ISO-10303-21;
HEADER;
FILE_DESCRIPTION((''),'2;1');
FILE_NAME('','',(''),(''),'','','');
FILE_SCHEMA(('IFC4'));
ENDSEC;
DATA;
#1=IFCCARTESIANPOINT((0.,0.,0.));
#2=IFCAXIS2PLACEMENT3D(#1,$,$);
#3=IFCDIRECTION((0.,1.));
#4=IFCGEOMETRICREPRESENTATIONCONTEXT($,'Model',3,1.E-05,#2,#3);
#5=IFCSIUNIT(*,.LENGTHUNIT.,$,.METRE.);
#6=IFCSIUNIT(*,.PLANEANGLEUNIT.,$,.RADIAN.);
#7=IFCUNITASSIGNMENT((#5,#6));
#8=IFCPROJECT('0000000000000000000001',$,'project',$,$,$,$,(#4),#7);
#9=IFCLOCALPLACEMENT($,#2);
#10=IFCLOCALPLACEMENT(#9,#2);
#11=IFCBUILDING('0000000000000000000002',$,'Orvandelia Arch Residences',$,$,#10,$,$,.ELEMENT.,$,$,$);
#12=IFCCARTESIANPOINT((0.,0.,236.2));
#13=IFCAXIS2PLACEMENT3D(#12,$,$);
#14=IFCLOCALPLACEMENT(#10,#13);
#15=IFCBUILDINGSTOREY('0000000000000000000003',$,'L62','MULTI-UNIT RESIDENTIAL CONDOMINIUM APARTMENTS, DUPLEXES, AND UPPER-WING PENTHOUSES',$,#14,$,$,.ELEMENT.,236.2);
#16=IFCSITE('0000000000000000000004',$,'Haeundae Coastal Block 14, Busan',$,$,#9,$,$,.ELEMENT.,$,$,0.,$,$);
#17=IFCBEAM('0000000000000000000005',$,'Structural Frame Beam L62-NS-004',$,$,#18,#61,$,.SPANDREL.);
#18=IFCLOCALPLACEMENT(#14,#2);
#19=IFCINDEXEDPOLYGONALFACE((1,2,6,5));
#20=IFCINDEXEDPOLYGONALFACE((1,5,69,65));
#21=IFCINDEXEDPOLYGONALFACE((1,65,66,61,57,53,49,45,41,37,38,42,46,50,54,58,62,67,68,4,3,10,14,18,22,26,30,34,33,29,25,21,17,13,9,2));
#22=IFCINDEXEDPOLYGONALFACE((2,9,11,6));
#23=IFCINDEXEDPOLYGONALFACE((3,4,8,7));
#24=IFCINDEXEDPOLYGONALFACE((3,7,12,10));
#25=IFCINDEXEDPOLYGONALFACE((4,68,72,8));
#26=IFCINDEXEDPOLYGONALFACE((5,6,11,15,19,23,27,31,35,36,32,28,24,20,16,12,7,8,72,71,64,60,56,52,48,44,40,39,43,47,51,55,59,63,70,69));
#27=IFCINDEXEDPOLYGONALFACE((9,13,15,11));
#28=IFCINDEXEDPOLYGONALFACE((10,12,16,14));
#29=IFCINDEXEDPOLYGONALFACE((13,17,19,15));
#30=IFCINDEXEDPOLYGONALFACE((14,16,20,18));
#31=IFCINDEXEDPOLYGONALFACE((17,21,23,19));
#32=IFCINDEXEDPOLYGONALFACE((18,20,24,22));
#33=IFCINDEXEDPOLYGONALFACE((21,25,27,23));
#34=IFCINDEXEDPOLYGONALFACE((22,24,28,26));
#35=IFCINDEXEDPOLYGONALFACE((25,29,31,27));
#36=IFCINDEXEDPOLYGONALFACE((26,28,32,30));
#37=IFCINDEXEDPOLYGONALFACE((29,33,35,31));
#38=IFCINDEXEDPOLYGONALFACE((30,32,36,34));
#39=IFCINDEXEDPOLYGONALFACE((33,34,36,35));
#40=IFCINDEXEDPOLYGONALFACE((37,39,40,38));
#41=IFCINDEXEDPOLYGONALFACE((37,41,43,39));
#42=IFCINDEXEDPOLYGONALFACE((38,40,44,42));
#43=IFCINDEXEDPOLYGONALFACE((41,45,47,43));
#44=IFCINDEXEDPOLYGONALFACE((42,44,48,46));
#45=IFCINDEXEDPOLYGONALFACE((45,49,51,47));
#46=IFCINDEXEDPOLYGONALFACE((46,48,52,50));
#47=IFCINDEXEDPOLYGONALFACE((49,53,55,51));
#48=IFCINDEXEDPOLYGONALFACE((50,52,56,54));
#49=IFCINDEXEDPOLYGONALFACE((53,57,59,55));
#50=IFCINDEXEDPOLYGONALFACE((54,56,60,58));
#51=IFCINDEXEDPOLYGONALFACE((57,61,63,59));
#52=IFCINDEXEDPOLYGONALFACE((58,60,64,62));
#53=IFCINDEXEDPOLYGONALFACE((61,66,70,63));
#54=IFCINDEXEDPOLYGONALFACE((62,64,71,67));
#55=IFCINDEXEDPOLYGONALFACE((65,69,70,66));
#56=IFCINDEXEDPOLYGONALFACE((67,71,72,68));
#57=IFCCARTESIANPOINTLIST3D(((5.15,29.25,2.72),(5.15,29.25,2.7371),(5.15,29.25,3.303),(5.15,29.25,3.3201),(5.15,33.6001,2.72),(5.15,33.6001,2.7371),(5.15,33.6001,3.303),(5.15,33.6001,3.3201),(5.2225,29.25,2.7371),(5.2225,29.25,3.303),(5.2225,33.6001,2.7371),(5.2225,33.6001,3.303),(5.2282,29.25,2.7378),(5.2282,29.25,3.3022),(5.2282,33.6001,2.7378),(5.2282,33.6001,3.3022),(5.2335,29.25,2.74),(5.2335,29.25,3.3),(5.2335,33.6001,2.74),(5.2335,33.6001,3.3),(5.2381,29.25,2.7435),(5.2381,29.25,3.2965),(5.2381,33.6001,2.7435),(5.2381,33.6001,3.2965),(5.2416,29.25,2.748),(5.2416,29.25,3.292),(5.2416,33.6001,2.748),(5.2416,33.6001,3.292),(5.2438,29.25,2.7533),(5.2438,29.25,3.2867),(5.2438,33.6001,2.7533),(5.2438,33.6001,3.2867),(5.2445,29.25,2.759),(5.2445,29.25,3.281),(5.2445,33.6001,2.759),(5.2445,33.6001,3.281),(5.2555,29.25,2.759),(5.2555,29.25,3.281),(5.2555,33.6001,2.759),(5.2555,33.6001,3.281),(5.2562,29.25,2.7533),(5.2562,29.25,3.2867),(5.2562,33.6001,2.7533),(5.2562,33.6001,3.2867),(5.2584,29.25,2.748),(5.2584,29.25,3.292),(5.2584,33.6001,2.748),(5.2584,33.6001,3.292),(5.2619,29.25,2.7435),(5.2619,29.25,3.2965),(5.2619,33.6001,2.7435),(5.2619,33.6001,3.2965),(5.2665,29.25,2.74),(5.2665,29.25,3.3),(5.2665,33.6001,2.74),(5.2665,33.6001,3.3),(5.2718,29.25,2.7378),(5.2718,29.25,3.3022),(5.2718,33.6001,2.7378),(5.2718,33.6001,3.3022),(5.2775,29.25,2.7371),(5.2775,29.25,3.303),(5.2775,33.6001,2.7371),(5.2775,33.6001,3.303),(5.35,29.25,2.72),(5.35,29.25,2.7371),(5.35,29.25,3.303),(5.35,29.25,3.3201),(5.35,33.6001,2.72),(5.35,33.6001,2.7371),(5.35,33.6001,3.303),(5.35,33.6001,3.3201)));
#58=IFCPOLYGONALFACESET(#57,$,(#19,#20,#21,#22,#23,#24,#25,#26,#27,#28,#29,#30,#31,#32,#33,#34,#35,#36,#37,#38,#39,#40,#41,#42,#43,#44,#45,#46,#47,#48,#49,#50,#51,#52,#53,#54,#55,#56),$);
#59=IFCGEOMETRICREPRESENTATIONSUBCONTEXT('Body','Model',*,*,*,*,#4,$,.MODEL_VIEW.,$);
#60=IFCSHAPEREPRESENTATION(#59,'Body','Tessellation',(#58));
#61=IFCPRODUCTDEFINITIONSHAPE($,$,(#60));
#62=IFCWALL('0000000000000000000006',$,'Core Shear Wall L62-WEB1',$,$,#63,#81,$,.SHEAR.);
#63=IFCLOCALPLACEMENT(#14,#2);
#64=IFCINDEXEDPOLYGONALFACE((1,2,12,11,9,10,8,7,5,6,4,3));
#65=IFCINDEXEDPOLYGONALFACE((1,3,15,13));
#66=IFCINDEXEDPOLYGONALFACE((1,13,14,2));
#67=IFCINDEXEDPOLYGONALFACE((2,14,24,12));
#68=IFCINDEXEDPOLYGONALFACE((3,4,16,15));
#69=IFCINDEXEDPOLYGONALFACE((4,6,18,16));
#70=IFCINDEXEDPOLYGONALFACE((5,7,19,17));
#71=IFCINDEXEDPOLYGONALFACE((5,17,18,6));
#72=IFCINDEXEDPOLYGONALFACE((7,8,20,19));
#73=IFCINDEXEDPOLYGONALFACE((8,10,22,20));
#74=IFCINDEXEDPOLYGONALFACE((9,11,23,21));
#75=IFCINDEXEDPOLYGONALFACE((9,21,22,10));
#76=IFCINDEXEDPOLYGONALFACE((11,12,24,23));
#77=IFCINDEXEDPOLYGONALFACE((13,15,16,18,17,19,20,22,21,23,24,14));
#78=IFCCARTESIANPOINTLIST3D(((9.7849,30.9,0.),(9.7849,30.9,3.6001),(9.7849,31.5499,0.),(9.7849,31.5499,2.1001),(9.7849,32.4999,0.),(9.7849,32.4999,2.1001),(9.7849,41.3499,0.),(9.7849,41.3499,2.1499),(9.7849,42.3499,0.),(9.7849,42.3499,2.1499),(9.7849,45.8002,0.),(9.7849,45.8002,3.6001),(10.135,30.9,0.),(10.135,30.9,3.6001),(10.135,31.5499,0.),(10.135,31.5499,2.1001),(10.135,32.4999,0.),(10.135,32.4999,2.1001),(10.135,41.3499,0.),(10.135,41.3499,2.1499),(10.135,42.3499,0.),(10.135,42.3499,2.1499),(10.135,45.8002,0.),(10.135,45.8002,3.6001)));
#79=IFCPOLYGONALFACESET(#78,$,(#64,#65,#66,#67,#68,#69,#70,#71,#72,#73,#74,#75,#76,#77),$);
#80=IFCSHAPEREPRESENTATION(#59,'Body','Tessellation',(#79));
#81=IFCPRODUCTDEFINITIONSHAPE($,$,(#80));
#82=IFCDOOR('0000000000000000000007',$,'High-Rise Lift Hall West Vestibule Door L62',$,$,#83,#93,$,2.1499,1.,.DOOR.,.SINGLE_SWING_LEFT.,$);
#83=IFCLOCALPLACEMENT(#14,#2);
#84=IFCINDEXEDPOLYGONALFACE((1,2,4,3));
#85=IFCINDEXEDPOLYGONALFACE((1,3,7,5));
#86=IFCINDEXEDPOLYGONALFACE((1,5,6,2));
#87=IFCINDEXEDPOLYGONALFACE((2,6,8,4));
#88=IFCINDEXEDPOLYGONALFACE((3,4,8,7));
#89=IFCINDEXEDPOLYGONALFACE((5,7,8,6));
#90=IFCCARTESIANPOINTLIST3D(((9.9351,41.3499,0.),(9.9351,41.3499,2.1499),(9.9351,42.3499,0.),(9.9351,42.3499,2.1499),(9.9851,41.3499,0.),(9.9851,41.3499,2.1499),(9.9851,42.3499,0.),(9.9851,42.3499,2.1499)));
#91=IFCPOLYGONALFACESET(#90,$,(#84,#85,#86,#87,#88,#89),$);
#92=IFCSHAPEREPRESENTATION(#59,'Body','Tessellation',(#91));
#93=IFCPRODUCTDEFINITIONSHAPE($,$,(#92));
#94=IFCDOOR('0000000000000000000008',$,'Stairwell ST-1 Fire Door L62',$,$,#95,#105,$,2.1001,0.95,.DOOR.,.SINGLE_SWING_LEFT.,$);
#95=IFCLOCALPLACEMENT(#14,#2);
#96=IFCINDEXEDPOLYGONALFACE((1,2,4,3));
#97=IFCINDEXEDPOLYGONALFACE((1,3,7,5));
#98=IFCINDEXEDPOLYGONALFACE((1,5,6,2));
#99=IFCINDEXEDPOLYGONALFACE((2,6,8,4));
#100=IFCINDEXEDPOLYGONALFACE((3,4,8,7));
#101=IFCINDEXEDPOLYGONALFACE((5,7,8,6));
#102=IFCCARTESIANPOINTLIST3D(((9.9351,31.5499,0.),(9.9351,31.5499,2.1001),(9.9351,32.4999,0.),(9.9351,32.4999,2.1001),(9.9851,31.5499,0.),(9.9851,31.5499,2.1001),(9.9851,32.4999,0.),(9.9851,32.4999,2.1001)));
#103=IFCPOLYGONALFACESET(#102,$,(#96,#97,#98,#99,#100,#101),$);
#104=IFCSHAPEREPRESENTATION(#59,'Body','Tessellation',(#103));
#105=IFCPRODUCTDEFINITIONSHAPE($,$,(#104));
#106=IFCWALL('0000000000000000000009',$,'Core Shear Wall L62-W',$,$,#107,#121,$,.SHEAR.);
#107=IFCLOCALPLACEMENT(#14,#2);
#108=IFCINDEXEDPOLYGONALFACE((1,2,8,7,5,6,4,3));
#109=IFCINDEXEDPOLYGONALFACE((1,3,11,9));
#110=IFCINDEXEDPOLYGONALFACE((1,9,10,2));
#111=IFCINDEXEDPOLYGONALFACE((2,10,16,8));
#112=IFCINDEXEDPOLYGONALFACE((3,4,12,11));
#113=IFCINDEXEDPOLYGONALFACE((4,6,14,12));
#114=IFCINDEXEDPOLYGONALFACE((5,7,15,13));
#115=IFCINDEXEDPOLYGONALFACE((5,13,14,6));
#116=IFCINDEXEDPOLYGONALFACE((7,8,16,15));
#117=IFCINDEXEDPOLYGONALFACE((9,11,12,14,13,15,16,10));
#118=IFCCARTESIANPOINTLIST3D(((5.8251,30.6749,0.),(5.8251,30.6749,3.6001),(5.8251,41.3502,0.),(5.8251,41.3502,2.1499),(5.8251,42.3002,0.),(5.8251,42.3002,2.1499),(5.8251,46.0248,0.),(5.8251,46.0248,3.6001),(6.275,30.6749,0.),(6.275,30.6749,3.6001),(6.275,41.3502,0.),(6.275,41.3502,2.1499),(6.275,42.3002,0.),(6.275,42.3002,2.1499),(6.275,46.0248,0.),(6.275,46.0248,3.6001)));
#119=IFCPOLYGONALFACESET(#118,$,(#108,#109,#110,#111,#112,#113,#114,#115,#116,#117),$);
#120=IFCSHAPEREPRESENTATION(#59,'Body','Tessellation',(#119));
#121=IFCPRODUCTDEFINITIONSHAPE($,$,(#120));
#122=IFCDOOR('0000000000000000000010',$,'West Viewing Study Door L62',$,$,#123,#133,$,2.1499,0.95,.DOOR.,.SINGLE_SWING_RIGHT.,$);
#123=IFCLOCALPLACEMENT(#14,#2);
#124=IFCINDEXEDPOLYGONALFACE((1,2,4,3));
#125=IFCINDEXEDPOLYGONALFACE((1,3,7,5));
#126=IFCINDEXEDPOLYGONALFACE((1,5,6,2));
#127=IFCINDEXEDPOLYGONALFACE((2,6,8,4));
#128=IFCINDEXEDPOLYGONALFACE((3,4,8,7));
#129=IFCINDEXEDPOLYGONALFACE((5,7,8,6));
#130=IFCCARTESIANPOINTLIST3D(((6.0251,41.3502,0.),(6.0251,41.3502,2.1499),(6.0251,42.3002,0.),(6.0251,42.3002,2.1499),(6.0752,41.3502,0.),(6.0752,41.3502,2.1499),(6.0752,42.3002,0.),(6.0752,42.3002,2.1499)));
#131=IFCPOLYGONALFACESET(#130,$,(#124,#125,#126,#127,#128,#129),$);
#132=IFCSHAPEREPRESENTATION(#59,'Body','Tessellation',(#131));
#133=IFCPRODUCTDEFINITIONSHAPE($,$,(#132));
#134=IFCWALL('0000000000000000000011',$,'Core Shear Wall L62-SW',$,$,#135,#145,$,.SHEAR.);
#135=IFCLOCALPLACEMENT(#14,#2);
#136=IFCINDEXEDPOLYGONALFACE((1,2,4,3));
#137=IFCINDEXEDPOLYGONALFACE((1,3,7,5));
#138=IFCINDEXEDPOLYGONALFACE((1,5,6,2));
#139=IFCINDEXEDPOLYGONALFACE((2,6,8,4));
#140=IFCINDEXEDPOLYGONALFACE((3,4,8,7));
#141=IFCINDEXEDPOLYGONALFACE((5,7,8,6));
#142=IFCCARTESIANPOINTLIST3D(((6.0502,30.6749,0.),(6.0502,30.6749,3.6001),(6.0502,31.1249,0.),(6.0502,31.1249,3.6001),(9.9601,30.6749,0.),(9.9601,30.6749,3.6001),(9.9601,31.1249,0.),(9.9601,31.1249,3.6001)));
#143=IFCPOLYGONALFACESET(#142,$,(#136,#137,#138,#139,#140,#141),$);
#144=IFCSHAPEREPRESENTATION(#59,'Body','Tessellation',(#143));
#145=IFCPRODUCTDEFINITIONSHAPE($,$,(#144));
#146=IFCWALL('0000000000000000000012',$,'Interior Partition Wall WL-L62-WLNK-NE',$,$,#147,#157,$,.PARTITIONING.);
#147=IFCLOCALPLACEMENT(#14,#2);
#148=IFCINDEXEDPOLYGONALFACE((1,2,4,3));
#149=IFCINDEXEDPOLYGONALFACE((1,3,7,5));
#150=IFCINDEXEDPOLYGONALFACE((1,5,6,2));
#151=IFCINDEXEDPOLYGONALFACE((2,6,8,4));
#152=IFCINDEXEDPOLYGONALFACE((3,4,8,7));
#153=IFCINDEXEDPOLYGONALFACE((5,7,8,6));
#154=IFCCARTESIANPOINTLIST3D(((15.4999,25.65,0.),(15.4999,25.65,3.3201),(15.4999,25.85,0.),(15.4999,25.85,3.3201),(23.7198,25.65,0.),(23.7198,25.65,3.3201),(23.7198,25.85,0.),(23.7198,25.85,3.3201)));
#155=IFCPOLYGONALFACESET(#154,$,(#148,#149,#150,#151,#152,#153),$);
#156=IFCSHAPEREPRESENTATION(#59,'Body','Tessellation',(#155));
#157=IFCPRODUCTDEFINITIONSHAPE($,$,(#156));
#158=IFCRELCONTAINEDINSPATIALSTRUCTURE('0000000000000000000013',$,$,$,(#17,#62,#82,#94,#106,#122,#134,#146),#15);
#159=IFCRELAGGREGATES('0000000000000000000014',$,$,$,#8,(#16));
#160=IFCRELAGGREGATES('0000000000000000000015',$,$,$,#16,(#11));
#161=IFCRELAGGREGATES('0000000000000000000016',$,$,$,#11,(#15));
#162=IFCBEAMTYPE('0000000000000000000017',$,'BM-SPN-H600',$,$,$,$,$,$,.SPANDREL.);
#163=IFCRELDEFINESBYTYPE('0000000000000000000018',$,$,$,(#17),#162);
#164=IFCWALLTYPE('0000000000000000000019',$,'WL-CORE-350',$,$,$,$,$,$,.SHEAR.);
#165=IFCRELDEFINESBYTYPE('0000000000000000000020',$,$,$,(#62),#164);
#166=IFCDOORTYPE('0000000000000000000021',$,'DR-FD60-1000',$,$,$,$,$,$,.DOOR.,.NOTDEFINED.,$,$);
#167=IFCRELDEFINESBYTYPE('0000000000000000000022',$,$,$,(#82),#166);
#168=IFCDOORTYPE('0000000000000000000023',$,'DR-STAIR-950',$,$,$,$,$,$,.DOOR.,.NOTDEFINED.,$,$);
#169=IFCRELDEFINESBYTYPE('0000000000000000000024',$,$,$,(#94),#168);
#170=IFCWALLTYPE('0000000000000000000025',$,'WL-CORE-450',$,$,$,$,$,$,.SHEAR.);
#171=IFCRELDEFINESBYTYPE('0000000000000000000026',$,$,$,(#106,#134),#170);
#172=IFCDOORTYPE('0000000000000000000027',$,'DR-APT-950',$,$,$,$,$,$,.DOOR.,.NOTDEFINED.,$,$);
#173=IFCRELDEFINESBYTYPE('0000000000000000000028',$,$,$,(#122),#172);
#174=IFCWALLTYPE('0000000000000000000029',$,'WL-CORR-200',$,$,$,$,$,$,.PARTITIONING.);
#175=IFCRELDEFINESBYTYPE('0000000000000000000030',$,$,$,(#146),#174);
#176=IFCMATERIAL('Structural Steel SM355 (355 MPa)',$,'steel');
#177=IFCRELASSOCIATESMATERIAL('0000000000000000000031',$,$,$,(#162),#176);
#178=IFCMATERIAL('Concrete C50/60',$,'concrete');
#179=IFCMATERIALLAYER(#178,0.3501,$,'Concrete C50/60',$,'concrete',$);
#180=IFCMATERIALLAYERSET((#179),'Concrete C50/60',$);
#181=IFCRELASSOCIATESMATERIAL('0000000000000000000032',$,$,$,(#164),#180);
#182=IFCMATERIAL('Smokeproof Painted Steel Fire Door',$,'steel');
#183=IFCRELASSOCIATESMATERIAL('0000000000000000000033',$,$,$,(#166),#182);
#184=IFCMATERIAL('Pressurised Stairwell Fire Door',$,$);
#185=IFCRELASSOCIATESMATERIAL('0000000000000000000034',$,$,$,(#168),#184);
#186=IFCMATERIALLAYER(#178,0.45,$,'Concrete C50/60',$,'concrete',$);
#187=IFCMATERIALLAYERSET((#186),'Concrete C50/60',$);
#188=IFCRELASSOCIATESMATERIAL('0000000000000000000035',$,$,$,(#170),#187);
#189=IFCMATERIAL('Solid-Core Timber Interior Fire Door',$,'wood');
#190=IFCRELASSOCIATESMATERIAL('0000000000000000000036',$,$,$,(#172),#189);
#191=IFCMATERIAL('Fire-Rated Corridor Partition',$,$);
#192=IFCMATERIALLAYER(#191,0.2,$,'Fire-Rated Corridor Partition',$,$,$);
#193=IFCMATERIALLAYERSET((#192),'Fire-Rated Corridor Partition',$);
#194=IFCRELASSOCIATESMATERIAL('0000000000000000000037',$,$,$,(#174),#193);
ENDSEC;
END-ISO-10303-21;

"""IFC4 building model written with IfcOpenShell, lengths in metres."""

from ifc_helpers import new_model, si_unit, direction, frame, frame_2d, origin, origin_2d, place, context, subcontext, project, spatial, rectangle, i_section, extrude, material, layer, layer_set, material_profile, profile_set, type_object, element, fill, save


model = new_model("IFC4")

# Units and contexts
model_context = context("Model", 3, precision=1e-05, world=origin(), true_north=direction((0.0, 1.0)))
body_context = subcontext(model_context, "Body", "Model", "MODEL_VIEW")
ifc_project = project(units=[si_unit("LENGTHUNIT", "METRE"), si_unit("PLANEANGLEUNIT", "RADIAN")], contexts=[model_context])

# Site, building, storey
site_placement = place(None, origin())
site = spatial("IfcSite", under=ifc_project, at=site_placement, Name="Haeundae Coastal Block 14, Busan", CompositionType="ELEMENT", RefElevation=0.0)
building_placement = place(site_placement, origin())
building = spatial("IfcBuilding", under=site, at=building_placement, Name="Orvandelia Arch Residences", CompositionType="ELEMENT")
storey_placement = place(building_placement, frame((0.0, 0.0, 236.2)))
storey = spatial("IfcBuildingStorey", under=building, at=storey_placement, Name="L62", Description="MULTI-UNIT RESIDENTIAL CONDOMINIUM APARTMENTS, DUPLEXES, AND UPPER-WING PENTHOUSES", CompositionType="ELEMENT", Elevation=236.2)

# Beam
ifc_material_1 = material(Name="Structural Steel SM355 (355 MPa)", Category="steel")
ifc_material_profile_1 = material_profile(ifc_material_1, i_section(OverallWidth=0.2, OverallDepth=0.6001, WebThickness=0.011, FlangeThickness=0.0171, FilletRadius=0.022, at=origin_2d()), Name="Structural Steel SM355 (355 MPa)", Category="steel")
ifc_profile_set_1 = profile_set([ifc_material_profile_1], Name="Structural Steel SM355 (355 MPa)")
beam_type_1 = type_object("IfcBeamType", Name="BM-SPN-H600", PredefinedType="SPANDREL", material=ifc_profile_set_1)
beam_1_placement = place(storey_placement, frame((5.25, 29.25, 3.02), z_axis=(0.0, 1.0, 0.0), x_axis=(-1.0, 0.0, 0.0)))
element("IfcBeam", 1, at=beam_1_placement, inside=storey, type_object=beam_type_1, Name="Structural Frame Beam L62-NS-004", PredefinedType="SPANDREL", context=body_context, shape_type="SweptSolid", body=[
    extrude(i_section(OverallWidth=0.2, OverallDepth=0.6001, WebThickness=0.011, FlangeThickness=0.0171, FilletRadius=0.022, at=origin_2d()), origin(), (0.0, 0.0, 1.0), 4.3501),
])

# Wall, openings, doors
ifc_material_2 = material(Name="Concrete C50/60", Category="concrete")
ifc_layer_1 = layer(ifc_material_2, 0.3501, Name="Concrete C50/60", Category="concrete")
ifc_layer_set_1 = layer_set([ifc_layer_1], Name="Concrete C50/60")
wall_type_1 = type_object("IfcWallType", Name="WL-CORE-350", PredefinedType="SHEAR", material=ifc_layer_set_1)
wall_1_placement = place(storey_placement, frame((9.96, 30.8999, 0.0), z_axis=(0.0, 0.0, 1.0), x_axis=(0.0, 1.0, 0.0)))
wall_1 = element("IfcWall", 2, at=wall_1_placement, inside=storey, type_object=wall_type_1, Name="Core Shear Wall L62-WEB1", PredefinedType="SHEAR", context=body_context, shape_type="SweptSolid", body=[
    extrude(rectangle(XDim=14.9001, YDim=0.3501, at=frame_2d((7.4502, 0.0))), origin(), (0.0, 0.0, 1.0), 3.6001),
])
opening_1_placement = place(wall_1_placement, frame((0.6499, 0.0, 0.0)))
opening_1 = element("IfcOpeningElement", 3, at=opening_1_placement, cuts=wall_1, PredefinedType="OPENING", context=body_context, shape_type="SweptSolid", body=[
    extrude(rectangle(XDim=0.95, YDim=2.1001, at=frame_2d((0.4751, 1.05))), frame((0.0, 0.1851, 0.0), z_axis=(0.0, -1.0, 0.0), x_axis=(1.0, 0.0, 0.0)), (0.0, 0.0, 1.0), 0.3701),
])
opening_2_placement = place(wall_1_placement, frame((10.45, 0.0, 0.0)))
opening_2 = element("IfcOpeningElement", 4, at=opening_2_placement, cuts=wall_1, PredefinedType="OPENING", context=body_context, shape_type="SweptSolid", body=[
    extrude(rectangle(XDim=1.0, YDim=2.1499, at=frame_2d((0.5, 1.075))), frame((0.0, 0.1851, 0.0), z_axis=(0.0, -1.0, 0.0), x_axis=(1.0, 0.0, 0.0)), (0.0, 0.0, 1.0), 0.3701),
])
ifc_material_3 = material(Name="Smokeproof Painted Steel Fire Door", Category="steel")
door_type_1 = type_object("IfcDoorType", Name="DR-FD60-1000", OperationType="NOTDEFINED", PredefinedType="DOOR", material=ifc_material_3)
door_1_placement = place(opening_2_placement, origin())
door_1 = element("IfcDoor", 5, at=door_1_placement, inside=storey, type_object=door_type_1, Name="High-Rise Lift Hall West Vestibule Door L62", OperationType="SINGLE_SWING_LEFT", OverallHeight=2.1499, OverallWidth=1.0, PredefinedType="DOOR", context=body_context, shape_type="SweptSolid", body=[
    extrude(rectangle(XDim=1.0, YDim=2.1499, at=frame_2d((0.5, 1.075))), frame((0.0, 0.0249, 0.0), z_axis=(0.0, -1.0, 0.0), x_axis=(1.0, 0.0, 0.0)), (0.0, 0.0, 1.0), 0.05),
])
fill(opening_2, door_1)
ifc_material_4 = material(Name="Pressurised Stairwell Fire Door")
door_type_2 = type_object("IfcDoorType", Name="DR-STAIR-950", OperationType="NOTDEFINED", PredefinedType="DOOR", material=ifc_material_4)
door_2_placement = place(opening_1_placement, origin())
door_2 = element("IfcDoor", 6, at=door_2_placement, inside=storey, type_object=door_type_2, Name="Stairwell ST-1 Fire Door L62", OperationType="SINGLE_SWING_LEFT", OverallHeight=2.1001, OverallWidth=0.95, PredefinedType="DOOR", context=body_context, shape_type="SweptSolid", body=[
    extrude(rectangle(XDim=0.95, YDim=2.1001, at=frame_2d((0.4751, 1.05))), frame((0.0, 0.0249, 0.0), z_axis=(0.0, -1.0, 0.0), x_axis=(1.0, 0.0, 0.0)), (0.0, 0.0, 1.0), 0.05),
])
fill(opening_1, door_2)

# Wall, opening, door
ifc_layer_2 = layer(ifc_material_2, 0.45, Name="Concrete C50/60", Category="concrete")
ifc_layer_set_2 = layer_set([ifc_layer_2], Name="Concrete C50/60")
wall_type_2 = type_object("IfcWallType", Name="WL-CORE-450", PredefinedType="SHEAR", material=ifc_layer_set_2)
wall_2_placement = place(storey_placement, frame((6.05, 30.675, 0.0), z_axis=(0.0, 0.0, 1.0), x_axis=(0.0, 1.0, 0.0)))
wall_2 = element("IfcWall", 7, at=wall_2_placement, inside=storey, type_object=wall_type_2, Name="Core Shear Wall L62-W", PredefinedType="SHEAR", context=body_context, shape_type="SweptSolid", body=[
    extrude(rectangle(XDim=15.3499, YDim=0.45, at=frame_2d((7.6748, 0.0))), origin(), (0.0, 0.0, 1.0), 3.6001),
])
opening_3_placement = place(wall_2_placement, frame((10.675, 0.0, 0.0)))
opening_3 = element("IfcOpeningElement", 8, at=opening_3_placement, cuts=wall_2, PredefinedType="OPENING", context=body_context, shape_type="SweptSolid", body=[
    extrude(rectangle(XDim=0.95, YDim=2.1499, at=frame_2d((0.4751, 1.075))), frame((0.0, 0.2349, 0.0), z_axis=(0.0, -1.0, 0.0), x_axis=(1.0, 0.0, 0.0)), (0.0, 0.0, 1.0), 0.47),
])
ifc_material_5 = material(Name="Solid-Core Timber Interior Fire Door", Category="wood")
door_type_3 = type_object("IfcDoorType", Name="DR-APT-950", OperationType="NOTDEFINED", PredefinedType="DOOR", material=ifc_material_5)
door_3_placement = place(opening_3_placement, origin())
door_3 = element("IfcDoor", 9, at=door_3_placement, inside=storey, type_object=door_type_3, Name="West Viewing Study Door L62", OperationType="SINGLE_SWING_RIGHT", OverallHeight=2.1499, OverallWidth=0.95, PredefinedType="DOOR", context=body_context, shape_type="SweptSolid", body=[
    extrude(rectangle(XDim=0.95, YDim=2.1499, at=frame_2d((0.4751, 1.075))), frame((0.0, 0.0249, 0.0), z_axis=(0.0, -1.0, 0.0), x_axis=(1.0, 0.0, 0.0)), (0.0, 0.0, 1.0), 0.05),
])
fill(opening_3, door_3)

# Wall
wall_3_placement = place(storey_placement, frame((6.05, 30.8999, 0.0), z_axis=(0.0, 0.0, 1.0), x_axis=(1.0, 0.0, 0.0)))
element("IfcWall", 10, at=wall_3_placement, inside=storey, type_object=wall_type_2, Name="Core Shear Wall L62-SW", PredefinedType="SHEAR", context=body_context, shape_type="SweptSolid", body=[
    extrude(rectangle(XDim=3.9099, YDim=0.45, at=frame_2d((1.9551, 0.0))), origin(), (0.0, 0.0, 1.0), 3.6001),
])

# Wall
ifc_material_6 = material(Name="Fire-Rated Corridor Partition")
ifc_layer_3 = layer(ifc_material_6, 0.2, Name="Fire-Rated Corridor Partition")
ifc_layer_set_3 = layer_set([ifc_layer_3], Name="Fire-Rated Corridor Partition")
wall_type_3 = type_object("IfcWallType", Name="WL-CORR-200", PredefinedType="PARTITIONING", material=ifc_layer_set_3)
wall_4_placement = place(storey_placement, frame((15.5, 25.75, 0.0), z_axis=(0.0, 0.0, 1.0), x_axis=(1.0, 0.0, 0.0)))
element("IfcWall", 11, at=wall_4_placement, inside=storey, type_object=wall_type_3, Name="Interior Partition Wall WL-L62-WLNK-NE", PredefinedType="PARTITIONING", context=body_context, shape_type="SweptSolid", body=[
    extrude(rectangle(XDim=8.22, YDim=0.2, at=frame_2d((4.1099, 0.0))), origin(), (0.0, 0.0, 1.0), 3.3201),
])

save(model, "model.ifc")
